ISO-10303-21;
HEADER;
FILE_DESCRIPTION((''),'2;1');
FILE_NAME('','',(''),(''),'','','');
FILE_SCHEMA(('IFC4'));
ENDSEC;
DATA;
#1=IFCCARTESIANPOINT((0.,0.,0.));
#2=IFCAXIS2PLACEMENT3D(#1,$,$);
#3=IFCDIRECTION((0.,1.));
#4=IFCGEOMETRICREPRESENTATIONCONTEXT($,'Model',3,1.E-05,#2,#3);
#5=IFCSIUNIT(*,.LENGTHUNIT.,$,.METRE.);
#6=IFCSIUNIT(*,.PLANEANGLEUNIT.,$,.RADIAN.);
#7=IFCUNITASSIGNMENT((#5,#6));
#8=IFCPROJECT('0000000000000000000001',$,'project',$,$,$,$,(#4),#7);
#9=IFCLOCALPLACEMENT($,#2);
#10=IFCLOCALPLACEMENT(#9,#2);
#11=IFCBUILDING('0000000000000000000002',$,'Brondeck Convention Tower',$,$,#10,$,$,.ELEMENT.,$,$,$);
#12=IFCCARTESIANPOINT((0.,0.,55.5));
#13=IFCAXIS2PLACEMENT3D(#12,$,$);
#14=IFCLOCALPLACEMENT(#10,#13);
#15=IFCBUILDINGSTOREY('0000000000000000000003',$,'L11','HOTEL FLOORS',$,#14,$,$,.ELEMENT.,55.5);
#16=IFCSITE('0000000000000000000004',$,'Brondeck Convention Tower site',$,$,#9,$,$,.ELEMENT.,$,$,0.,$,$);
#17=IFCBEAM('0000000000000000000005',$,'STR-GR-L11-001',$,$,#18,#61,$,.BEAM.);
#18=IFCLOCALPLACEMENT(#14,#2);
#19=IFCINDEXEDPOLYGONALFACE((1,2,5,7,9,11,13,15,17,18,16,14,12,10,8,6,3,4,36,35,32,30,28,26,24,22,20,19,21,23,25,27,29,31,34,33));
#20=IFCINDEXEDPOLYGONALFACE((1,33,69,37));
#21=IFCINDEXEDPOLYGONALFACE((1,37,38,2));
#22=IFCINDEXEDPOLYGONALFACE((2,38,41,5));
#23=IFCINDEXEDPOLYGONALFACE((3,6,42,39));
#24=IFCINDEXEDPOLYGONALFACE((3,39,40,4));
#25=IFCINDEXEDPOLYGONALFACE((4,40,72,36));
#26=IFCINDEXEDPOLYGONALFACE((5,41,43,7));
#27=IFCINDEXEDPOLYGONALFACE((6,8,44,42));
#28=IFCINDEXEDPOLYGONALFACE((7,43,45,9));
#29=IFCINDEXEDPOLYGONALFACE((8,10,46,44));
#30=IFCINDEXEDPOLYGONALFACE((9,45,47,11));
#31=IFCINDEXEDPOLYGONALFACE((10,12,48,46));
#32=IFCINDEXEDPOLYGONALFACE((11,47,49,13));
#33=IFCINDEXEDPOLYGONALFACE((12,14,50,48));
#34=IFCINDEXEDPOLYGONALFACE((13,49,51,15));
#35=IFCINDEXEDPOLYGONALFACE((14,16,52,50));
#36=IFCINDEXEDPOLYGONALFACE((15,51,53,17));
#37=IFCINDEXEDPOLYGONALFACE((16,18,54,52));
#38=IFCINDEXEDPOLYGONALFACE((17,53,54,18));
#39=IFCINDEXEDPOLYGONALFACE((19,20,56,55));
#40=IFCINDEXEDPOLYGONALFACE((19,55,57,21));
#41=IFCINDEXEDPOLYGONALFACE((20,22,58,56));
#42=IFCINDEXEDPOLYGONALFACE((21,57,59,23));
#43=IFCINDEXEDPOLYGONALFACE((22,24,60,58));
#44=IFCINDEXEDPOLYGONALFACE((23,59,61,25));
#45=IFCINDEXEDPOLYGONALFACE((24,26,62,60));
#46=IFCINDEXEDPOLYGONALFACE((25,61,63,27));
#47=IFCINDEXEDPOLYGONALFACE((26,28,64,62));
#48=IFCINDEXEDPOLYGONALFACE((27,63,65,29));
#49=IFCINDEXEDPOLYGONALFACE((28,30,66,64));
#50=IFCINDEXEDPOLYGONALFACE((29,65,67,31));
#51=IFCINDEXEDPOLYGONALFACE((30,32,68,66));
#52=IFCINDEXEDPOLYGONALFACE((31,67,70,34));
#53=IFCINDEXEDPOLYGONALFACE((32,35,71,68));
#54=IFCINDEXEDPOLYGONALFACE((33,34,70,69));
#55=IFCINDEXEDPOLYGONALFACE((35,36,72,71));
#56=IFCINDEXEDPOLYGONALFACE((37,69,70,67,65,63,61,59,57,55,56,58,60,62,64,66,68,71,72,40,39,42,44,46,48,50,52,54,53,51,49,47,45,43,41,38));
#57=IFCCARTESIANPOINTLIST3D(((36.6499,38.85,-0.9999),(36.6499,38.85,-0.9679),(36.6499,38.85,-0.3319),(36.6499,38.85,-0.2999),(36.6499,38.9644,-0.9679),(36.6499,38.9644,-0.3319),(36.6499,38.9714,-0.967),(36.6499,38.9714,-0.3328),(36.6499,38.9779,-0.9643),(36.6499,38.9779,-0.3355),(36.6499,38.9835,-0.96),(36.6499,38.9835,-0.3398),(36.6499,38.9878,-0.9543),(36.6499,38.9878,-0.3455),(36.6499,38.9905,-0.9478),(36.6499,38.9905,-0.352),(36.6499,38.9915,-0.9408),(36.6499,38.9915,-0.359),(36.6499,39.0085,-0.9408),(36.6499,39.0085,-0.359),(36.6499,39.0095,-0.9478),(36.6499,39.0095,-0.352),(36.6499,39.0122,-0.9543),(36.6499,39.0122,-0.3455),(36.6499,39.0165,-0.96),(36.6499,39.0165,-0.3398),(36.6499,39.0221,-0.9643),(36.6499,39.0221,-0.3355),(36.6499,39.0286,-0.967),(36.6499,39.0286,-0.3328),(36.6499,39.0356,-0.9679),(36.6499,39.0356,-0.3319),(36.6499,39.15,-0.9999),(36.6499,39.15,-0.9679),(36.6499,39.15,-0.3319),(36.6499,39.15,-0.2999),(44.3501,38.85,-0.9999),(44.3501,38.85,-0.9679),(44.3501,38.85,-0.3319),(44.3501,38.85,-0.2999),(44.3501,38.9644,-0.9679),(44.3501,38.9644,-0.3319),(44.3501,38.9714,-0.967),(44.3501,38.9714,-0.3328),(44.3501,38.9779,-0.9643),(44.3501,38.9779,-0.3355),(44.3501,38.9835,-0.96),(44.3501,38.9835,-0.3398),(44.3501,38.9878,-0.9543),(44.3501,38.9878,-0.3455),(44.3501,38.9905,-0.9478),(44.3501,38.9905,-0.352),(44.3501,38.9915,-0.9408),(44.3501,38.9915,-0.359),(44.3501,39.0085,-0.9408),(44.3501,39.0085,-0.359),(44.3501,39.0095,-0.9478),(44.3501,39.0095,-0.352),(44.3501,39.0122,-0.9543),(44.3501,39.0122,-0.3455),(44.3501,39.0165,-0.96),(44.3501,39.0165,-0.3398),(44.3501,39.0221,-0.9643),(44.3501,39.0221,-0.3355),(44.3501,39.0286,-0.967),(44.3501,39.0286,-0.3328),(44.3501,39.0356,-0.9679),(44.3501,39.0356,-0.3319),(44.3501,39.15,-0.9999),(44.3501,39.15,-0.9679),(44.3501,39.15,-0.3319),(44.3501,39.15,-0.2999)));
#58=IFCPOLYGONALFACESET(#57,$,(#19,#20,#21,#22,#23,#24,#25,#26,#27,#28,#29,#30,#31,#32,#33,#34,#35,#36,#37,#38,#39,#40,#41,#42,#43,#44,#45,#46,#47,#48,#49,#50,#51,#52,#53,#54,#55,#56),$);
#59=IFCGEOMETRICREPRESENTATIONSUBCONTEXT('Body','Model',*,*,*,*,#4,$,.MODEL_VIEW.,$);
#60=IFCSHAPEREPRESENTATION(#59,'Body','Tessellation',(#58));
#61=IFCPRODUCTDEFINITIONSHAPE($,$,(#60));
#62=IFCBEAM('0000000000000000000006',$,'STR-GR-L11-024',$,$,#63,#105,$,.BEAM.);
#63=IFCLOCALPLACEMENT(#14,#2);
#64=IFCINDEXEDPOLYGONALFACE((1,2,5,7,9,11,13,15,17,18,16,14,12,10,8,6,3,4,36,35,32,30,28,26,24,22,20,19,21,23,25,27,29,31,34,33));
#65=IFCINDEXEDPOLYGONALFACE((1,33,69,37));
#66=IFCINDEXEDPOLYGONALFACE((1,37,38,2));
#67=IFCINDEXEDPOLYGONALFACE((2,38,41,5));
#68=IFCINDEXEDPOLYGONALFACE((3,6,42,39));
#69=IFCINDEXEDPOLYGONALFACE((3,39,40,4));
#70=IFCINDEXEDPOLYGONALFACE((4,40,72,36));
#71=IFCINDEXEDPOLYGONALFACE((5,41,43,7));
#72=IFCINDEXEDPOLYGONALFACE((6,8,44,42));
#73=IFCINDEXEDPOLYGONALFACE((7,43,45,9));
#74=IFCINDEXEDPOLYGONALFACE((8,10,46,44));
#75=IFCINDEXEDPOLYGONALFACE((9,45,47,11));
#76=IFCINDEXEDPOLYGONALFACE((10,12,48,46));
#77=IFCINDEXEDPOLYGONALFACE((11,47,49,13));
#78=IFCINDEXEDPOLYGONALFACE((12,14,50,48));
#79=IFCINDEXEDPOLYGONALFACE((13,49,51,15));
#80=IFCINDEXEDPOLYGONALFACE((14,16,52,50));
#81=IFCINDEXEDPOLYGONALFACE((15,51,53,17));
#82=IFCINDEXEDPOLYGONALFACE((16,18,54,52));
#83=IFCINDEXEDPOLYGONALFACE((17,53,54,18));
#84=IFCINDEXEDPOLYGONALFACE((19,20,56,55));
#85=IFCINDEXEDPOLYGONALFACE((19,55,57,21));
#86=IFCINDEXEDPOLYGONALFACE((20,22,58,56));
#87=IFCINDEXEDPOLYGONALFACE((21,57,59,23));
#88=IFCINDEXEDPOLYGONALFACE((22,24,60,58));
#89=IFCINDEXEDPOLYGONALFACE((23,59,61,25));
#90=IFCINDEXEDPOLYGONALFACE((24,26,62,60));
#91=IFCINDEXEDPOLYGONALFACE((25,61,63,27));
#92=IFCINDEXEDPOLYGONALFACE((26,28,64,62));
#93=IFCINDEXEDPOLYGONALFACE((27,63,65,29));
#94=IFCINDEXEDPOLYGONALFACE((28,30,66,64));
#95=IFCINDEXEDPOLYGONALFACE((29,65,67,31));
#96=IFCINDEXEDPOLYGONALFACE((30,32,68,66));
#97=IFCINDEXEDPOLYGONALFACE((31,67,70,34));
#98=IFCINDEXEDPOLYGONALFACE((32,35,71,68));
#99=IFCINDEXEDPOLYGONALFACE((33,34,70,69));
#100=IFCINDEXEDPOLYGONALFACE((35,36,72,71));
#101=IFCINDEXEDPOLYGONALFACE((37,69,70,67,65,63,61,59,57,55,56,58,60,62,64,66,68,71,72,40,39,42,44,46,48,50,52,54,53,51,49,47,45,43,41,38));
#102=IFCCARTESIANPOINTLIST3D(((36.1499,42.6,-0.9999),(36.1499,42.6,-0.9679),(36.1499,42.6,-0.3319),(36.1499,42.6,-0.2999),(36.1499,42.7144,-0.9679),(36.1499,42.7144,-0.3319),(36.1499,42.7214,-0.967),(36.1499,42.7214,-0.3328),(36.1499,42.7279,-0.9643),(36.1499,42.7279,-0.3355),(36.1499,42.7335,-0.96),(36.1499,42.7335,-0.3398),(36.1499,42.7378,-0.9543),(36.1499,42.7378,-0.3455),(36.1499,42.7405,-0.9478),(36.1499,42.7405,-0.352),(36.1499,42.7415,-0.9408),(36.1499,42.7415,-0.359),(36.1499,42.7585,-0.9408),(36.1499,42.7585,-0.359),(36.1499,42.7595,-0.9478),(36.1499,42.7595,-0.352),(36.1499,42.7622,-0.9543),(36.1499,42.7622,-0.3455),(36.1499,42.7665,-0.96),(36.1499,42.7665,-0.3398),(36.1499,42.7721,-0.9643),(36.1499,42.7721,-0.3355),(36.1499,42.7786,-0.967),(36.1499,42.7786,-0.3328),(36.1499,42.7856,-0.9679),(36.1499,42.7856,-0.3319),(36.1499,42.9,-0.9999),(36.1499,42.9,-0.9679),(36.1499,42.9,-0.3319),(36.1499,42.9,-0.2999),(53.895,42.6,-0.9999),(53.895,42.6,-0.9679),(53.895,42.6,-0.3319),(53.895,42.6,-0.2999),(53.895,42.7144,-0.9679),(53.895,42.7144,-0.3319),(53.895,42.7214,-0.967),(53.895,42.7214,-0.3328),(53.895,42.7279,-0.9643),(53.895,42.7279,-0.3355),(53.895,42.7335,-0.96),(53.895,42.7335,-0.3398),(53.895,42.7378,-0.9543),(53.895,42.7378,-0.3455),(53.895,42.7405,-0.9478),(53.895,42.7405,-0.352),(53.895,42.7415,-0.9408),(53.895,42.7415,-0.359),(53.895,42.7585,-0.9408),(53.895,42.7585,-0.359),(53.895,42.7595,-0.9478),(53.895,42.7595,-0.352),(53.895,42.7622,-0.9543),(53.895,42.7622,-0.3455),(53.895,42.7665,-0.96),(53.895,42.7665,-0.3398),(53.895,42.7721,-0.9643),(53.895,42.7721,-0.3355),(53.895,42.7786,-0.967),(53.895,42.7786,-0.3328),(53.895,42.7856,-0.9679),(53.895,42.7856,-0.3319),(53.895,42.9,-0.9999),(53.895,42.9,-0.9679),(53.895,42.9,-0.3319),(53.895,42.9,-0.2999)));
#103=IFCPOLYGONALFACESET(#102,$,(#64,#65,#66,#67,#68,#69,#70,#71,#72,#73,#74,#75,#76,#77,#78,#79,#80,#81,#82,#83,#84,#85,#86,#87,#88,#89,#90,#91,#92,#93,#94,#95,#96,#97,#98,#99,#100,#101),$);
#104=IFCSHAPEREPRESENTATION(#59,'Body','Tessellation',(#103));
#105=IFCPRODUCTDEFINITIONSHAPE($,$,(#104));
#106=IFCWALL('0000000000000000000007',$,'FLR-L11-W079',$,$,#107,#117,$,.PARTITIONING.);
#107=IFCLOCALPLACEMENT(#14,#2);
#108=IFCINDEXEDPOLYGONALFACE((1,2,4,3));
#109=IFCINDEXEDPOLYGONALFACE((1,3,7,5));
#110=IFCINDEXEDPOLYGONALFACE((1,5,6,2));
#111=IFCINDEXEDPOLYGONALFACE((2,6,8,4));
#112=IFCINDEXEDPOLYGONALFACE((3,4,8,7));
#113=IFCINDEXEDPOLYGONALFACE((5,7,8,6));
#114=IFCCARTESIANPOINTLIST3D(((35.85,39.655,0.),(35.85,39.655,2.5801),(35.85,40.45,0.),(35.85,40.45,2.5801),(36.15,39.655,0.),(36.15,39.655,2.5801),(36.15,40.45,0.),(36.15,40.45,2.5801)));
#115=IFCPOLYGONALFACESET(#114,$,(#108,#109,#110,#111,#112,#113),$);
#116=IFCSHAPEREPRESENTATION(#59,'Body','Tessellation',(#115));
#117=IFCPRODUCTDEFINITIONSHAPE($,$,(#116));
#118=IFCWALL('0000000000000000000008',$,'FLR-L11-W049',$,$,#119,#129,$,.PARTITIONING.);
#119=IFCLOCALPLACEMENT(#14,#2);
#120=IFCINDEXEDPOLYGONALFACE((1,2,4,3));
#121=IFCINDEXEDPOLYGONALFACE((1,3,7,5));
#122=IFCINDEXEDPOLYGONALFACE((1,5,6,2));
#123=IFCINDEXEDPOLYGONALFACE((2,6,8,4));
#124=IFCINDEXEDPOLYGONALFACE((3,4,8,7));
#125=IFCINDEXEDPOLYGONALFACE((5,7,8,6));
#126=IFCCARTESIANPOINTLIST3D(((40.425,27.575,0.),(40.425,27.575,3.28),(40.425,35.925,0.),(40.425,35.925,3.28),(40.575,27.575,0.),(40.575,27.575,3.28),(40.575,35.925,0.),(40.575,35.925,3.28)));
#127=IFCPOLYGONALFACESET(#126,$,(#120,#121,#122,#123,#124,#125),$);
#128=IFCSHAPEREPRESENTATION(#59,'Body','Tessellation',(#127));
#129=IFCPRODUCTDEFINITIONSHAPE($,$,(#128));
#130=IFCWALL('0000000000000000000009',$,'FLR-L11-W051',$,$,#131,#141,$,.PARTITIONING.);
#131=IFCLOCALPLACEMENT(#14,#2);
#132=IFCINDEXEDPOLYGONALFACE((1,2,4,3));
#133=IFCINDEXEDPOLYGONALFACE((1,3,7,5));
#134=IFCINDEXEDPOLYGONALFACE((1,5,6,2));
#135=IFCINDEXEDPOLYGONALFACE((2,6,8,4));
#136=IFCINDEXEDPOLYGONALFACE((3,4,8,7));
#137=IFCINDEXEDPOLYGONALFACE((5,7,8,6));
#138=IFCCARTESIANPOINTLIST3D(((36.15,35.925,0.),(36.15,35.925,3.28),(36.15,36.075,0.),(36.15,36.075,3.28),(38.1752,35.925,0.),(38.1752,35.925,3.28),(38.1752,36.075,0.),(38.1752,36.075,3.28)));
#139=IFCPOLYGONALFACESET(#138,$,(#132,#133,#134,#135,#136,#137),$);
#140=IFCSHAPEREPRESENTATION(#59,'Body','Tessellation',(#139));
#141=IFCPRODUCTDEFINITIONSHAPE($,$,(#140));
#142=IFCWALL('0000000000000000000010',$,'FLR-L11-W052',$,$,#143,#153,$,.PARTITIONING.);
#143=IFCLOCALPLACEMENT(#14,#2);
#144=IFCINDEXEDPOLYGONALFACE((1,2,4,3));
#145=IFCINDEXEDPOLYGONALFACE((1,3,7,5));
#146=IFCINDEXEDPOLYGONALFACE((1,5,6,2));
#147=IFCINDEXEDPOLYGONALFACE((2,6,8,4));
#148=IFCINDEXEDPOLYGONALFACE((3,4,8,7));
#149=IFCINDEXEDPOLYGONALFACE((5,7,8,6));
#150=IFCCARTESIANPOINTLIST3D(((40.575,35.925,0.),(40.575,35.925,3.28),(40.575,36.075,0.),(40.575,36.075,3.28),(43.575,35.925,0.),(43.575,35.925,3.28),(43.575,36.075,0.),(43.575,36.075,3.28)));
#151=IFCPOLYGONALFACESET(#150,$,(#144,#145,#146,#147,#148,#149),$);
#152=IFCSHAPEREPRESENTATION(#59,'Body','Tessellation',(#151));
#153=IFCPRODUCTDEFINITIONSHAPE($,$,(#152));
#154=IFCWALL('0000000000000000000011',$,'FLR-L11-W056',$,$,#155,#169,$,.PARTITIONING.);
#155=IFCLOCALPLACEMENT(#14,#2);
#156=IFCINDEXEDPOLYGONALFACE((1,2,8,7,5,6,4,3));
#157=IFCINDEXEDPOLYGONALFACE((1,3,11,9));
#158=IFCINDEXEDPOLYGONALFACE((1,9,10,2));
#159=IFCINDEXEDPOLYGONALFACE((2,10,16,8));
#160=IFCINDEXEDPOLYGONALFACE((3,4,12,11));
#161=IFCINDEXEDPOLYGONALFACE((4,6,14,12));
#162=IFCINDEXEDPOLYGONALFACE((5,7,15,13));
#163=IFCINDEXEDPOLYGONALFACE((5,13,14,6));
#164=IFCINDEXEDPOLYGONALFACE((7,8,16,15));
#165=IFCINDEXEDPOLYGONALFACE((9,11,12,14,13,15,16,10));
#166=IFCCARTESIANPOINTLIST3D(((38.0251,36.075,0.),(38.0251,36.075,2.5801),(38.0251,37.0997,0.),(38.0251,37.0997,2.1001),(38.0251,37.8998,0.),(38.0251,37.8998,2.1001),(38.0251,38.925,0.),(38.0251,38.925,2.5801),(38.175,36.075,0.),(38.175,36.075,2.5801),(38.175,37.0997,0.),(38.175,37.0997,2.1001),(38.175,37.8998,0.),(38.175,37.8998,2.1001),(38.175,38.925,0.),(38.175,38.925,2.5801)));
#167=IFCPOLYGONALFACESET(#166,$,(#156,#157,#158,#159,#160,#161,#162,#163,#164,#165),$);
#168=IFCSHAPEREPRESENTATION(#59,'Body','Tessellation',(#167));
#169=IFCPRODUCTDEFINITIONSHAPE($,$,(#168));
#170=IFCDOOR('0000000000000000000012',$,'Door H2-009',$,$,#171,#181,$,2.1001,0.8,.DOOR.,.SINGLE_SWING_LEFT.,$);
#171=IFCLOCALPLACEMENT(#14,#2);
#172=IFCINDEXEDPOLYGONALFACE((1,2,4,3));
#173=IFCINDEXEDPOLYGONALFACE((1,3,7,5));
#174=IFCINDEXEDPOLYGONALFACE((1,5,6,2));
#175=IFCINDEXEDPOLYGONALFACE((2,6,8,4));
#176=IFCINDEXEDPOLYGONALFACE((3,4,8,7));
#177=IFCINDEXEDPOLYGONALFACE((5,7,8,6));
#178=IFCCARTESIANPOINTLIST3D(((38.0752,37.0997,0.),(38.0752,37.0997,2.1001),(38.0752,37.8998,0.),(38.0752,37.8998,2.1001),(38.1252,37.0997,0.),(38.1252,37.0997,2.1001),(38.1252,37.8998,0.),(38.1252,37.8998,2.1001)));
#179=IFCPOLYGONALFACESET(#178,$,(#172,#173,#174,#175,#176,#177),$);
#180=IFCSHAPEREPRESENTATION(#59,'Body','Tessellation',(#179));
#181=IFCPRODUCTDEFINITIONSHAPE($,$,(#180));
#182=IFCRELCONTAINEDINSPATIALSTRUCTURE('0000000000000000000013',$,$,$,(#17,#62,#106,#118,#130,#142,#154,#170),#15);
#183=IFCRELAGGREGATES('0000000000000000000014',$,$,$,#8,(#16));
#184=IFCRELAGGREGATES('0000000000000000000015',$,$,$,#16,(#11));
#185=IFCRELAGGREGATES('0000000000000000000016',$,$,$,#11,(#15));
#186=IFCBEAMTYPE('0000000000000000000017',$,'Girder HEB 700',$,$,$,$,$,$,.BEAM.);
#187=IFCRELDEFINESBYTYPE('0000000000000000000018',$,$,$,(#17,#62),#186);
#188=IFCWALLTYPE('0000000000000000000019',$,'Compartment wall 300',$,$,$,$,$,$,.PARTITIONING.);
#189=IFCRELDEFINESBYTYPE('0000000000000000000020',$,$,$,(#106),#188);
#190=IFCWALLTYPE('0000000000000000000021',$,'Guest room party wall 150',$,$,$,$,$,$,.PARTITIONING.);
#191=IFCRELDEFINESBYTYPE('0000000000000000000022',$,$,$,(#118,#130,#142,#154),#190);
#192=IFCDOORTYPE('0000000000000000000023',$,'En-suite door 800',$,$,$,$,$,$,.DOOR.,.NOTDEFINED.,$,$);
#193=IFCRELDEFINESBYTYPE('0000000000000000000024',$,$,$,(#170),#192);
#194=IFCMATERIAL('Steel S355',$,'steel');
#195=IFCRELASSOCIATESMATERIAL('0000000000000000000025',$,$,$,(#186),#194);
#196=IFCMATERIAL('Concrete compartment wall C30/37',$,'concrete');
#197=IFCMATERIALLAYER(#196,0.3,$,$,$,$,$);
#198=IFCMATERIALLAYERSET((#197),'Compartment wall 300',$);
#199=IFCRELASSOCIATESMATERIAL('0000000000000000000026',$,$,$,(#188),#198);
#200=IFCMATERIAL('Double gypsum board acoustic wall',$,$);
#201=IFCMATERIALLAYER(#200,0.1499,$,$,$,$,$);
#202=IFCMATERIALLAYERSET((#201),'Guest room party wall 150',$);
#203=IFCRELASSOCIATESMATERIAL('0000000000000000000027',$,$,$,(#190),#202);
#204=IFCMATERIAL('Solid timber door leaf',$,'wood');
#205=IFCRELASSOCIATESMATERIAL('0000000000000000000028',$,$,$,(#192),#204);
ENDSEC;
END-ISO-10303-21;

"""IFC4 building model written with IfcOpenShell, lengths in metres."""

from ifc_helpers import new_model, si_unit, direction, frame, frame_2d, origin, origin_2d, place, context, subcontext, project, spatial, rectangle, i_section, extrude, material, layer, layer_set, material_profile, profile_set, type_object, element, fill, save


model = new_model("IFC4")

# Units and contexts
model_context = context("Model", 3, precision=1e-05, world=origin(), true_north=direction((0.0, 1.0)))
body_context = subcontext(model_context, "Body", "Model", "MODEL_VIEW")
ifc_project = project(units=[si_unit("LENGTHUNIT", "METRE"), si_unit("PLANEANGLEUNIT", "RADIAN")], contexts=[model_context])

# Site, building, storey
site_placement = place(None, origin())
site = spatial("IfcSite", under=ifc_project, at=site_placement, Name="Brondeck Convention Tower site", CompositionType="ELEMENT", RefElevation=0.0)
building_placement = place(site_placement, origin())
building = spatial("IfcBuilding", under=site, at=building_placement, Name="Brondeck Convention Tower", CompositionType="ELEMENT")
storey_placement = place(building_placement, frame((0.0, 0.0, 55.5)))
storey = spatial("IfcBuildingStorey", under=building, at=storey_placement, Name="L11", Description="HOTEL FLOORS", CompositionType="ELEMENT", Elevation=55.5)

# Beams
ifc_material_1 = material(Name="Steel S355", Category="steel")
ifc_material_profile = material_profile(ifc_material_1, i_section(OverallWidth=0.3, OverallDepth=0.7, WebThickness=0.0171, FlangeThickness=0.032, FilletRadius=0.0271, at=origin_2d()), Name="HEB 700")
ifc_profile_set = profile_set([ifc_material_profile], Name="Steel S355")
beam_type = type_object("IfcBeamType", Name="Girder HEB 700", PredefinedType="BEAM", material=ifc_profile_set)
beam_1_placement = place(storey_placement, frame((36.6499, 39.0, -0.6499), z_axis=(1.0, 0.0, 0.0), x_axis=(0.0, 1.0, 0.0)))
element("IfcBeam", 1, at=beam_1_placement, inside=storey, type_object=beam_type, Name="STR-GR-L11-001", PredefinedType="BEAM", context=body_context, shape_type="SweptSolid", body=[
    extrude(i_section(OverallWidth=0.3, OverallDepth=0.7, WebThickness=0.0171, FlangeThickness=0.032, FilletRadius=0.0271, at=origin_2d()), origin(), (0.0, 0.0, 1.0), 7.7002),
])
beam_2_placement = place(storey_placement, frame((36.1499, 42.75, -0.6499), z_axis=(1.0, 0.0, 0.0), x_axis=(0.0, 1.0, 0.0)))
element("IfcBeam", 2, at=beam_2_placement, inside=storey, type_object=beam_type, Name="STR-GR-L11-024", PredefinedType="BEAM", context=body_context, shape_type="SweptSolid", body=[
    extrude(i_section(OverallWidth=0.3, OverallDepth=0.7, WebThickness=0.0171, FlangeThickness=0.032, FilletRadius=0.0271, at=origin_2d()), origin(), (0.0, 0.0, 1.0), 17.7451),
])

# Walls
ifc_material_2 = material(Name="Concrete compartment wall C30/37", Category="concrete")
ifc_layer_1 = layer(ifc_material_2, 0.3)
ifc_layer_set_1 = layer_set([ifc_layer_1], Name="Compartment wall 300")
wall_type_1 = type_object("IfcWallType", Name="Compartment wall 300", PredefinedType="PARTITIONING", material=ifc_layer_set_1)
wall_1_placement = place(storey_placement, frame((36.0, 40.45, 0.0), z_axis=(0.0, 0.0, 1.0), x_axis=(0.0, -1.0, 0.0)))
element("IfcWall", 3, at=wall_1_placement, inside=storey, type_object=wall_type_1, Name="FLR-L11-W079", PredefinedType="PARTITIONING", context=body_context, shape_type="SweptSolid", body=[
    extrude(rectangle(XDim=0.7949, YDim=0.3, at=frame_2d((0.3975, 0.0))), origin(), (0.0, 0.0, 1.0), 2.5801),
])
ifc_material_3 = material(Name="Double gypsum board acoustic wall")
ifc_layer_2 = layer(ifc_material_3, 0.1499)
ifc_layer_set_2 = layer_set([ifc_layer_2], Name="Guest room party wall 150")
wall_type_2 = type_object("IfcWallType", Name="Guest room party wall 150", PredefinedType="PARTITIONING", material=ifc_layer_set_2)
wall_2_placement = place(storey_placement, frame((40.5, 35.925, 0.0), z_axis=(0.0, 0.0, 1.0), x_axis=(0.0, -1.0, 0.0)))
element("IfcWall", 4, at=wall_2_placement, inside=storey, type_object=wall_type_2, Name="FLR-L11-W049", PredefinedType="PARTITIONING", context=body_context, shape_type="SweptSolid", body=[
    extrude(rectangle(XDim=8.3501, YDim=0.1499, at=frame_2d((4.175, 0.0))), origin(), (0.0, 0.0, 1.0), 3.28),
])
wall_3_placement = place(storey_placement, frame((36.1499, 36.0, 0.0), z_axis=(0.0, 0.0, 1.0), x_axis=(1.0, 0.0, 0.0)))
element("IfcWall", 5, at=wall_3_placement, inside=storey, type_object=wall_type_2, Name="FLR-L11-W051", PredefinedType="PARTITIONING", context=body_context, shape_type="SweptSolid", body=[
    extrude(rectangle(XDim=2.0251, YDim=0.1499, at=frame_2d((1.0127, 0.0))), origin(), (0.0, 0.0, 1.0), 3.28),
])
wall_4_placement = place(storey_placement, frame((40.575, 36.0, 0.0), z_axis=(0.0, 0.0, 1.0), x_axis=(1.0, 0.0, 0.0)))
element("IfcWall", 6, at=wall_4_placement, inside=storey, type_object=wall_type_2, Name="FLR-L11-W052", PredefinedType="PARTITIONING", context=body_context, shape_type="SweptSolid", body=[
    extrude(rectangle(XDim=3.0, YDim=0.1499, at=frame_2d((1.5, 0.0))), origin(), (0.0, 0.0, 1.0), 3.28),
])

# Wall, opening, door
wall_5_placement = place(storey_placement, frame((38.1001, 36.075, 0.0), z_axis=(0.0, 0.0, 1.0), x_axis=(0.0, 1.0, 0.0)))
wall_5 = element("IfcWall", 7, at=wall_5_placement, inside=storey, type_object=wall_type_2, Name="FLR-L11-W056", PredefinedType="PARTITIONING", context=body_context, shape_type="SweptSolid", body=[
    extrude(rectangle(XDim=2.8501, YDim=0.1499, at=frame_2d((1.425, 0.0))), origin(), (0.0, 0.0, 1.0), 2.5801),
])
opening_1_placement = place(wall_5_placement, frame((1.0249, 0.0, 0.0)))
opening_1 = element("IfcOpeningElement", 8, at=opening_1_placement, cuts=wall_5, PredefinedType="OPENING", context=body_context, shape_type="SweptSolid", body=[
    extrude(rectangle(XDim=0.8, YDim=2.1001, at=frame_2d((0.3999, 1.05))), frame((0.0, 0.085, 0.0), z_axis=(0.0, -1.0, 0.0), x_axis=(1.0, 0.0, 0.0)), (0.0, 0.0, 1.0), 0.1699),
])
ifc_material_4 = material(Name="Solid timber door leaf", Category="wood")
door_type_1 = type_object("IfcDoorType", Name="En-suite door 800", OperationType="NOTDEFINED", PredefinedType="DOOR", material=ifc_material_4)
door_1_placement = place(opening_1_placement, origin())
door_1 = element("IfcDoor", 9, at=door_1_placement, inside=storey, type_object=door_type_1, Name="Door H2-009", OperationType="SINGLE_SWING_LEFT", OverallHeight=2.1001, OverallWidth=0.8, PredefinedType="DOOR", context=body_context, shape_type="SweptSolid", body=[
    extrude(rectangle(XDim=0.8, YDim=2.1001, at=frame_2d((0.3999, 1.05))), frame((0.0, 0.0249, 0.0), z_axis=(0.0, -1.0, 0.0), x_axis=(1.0, 0.0, 0.0)), (0.0, 0.0, 1.0), 0.05),
])
fill(opening_1, door_1)

save(model, "model.ifc")
